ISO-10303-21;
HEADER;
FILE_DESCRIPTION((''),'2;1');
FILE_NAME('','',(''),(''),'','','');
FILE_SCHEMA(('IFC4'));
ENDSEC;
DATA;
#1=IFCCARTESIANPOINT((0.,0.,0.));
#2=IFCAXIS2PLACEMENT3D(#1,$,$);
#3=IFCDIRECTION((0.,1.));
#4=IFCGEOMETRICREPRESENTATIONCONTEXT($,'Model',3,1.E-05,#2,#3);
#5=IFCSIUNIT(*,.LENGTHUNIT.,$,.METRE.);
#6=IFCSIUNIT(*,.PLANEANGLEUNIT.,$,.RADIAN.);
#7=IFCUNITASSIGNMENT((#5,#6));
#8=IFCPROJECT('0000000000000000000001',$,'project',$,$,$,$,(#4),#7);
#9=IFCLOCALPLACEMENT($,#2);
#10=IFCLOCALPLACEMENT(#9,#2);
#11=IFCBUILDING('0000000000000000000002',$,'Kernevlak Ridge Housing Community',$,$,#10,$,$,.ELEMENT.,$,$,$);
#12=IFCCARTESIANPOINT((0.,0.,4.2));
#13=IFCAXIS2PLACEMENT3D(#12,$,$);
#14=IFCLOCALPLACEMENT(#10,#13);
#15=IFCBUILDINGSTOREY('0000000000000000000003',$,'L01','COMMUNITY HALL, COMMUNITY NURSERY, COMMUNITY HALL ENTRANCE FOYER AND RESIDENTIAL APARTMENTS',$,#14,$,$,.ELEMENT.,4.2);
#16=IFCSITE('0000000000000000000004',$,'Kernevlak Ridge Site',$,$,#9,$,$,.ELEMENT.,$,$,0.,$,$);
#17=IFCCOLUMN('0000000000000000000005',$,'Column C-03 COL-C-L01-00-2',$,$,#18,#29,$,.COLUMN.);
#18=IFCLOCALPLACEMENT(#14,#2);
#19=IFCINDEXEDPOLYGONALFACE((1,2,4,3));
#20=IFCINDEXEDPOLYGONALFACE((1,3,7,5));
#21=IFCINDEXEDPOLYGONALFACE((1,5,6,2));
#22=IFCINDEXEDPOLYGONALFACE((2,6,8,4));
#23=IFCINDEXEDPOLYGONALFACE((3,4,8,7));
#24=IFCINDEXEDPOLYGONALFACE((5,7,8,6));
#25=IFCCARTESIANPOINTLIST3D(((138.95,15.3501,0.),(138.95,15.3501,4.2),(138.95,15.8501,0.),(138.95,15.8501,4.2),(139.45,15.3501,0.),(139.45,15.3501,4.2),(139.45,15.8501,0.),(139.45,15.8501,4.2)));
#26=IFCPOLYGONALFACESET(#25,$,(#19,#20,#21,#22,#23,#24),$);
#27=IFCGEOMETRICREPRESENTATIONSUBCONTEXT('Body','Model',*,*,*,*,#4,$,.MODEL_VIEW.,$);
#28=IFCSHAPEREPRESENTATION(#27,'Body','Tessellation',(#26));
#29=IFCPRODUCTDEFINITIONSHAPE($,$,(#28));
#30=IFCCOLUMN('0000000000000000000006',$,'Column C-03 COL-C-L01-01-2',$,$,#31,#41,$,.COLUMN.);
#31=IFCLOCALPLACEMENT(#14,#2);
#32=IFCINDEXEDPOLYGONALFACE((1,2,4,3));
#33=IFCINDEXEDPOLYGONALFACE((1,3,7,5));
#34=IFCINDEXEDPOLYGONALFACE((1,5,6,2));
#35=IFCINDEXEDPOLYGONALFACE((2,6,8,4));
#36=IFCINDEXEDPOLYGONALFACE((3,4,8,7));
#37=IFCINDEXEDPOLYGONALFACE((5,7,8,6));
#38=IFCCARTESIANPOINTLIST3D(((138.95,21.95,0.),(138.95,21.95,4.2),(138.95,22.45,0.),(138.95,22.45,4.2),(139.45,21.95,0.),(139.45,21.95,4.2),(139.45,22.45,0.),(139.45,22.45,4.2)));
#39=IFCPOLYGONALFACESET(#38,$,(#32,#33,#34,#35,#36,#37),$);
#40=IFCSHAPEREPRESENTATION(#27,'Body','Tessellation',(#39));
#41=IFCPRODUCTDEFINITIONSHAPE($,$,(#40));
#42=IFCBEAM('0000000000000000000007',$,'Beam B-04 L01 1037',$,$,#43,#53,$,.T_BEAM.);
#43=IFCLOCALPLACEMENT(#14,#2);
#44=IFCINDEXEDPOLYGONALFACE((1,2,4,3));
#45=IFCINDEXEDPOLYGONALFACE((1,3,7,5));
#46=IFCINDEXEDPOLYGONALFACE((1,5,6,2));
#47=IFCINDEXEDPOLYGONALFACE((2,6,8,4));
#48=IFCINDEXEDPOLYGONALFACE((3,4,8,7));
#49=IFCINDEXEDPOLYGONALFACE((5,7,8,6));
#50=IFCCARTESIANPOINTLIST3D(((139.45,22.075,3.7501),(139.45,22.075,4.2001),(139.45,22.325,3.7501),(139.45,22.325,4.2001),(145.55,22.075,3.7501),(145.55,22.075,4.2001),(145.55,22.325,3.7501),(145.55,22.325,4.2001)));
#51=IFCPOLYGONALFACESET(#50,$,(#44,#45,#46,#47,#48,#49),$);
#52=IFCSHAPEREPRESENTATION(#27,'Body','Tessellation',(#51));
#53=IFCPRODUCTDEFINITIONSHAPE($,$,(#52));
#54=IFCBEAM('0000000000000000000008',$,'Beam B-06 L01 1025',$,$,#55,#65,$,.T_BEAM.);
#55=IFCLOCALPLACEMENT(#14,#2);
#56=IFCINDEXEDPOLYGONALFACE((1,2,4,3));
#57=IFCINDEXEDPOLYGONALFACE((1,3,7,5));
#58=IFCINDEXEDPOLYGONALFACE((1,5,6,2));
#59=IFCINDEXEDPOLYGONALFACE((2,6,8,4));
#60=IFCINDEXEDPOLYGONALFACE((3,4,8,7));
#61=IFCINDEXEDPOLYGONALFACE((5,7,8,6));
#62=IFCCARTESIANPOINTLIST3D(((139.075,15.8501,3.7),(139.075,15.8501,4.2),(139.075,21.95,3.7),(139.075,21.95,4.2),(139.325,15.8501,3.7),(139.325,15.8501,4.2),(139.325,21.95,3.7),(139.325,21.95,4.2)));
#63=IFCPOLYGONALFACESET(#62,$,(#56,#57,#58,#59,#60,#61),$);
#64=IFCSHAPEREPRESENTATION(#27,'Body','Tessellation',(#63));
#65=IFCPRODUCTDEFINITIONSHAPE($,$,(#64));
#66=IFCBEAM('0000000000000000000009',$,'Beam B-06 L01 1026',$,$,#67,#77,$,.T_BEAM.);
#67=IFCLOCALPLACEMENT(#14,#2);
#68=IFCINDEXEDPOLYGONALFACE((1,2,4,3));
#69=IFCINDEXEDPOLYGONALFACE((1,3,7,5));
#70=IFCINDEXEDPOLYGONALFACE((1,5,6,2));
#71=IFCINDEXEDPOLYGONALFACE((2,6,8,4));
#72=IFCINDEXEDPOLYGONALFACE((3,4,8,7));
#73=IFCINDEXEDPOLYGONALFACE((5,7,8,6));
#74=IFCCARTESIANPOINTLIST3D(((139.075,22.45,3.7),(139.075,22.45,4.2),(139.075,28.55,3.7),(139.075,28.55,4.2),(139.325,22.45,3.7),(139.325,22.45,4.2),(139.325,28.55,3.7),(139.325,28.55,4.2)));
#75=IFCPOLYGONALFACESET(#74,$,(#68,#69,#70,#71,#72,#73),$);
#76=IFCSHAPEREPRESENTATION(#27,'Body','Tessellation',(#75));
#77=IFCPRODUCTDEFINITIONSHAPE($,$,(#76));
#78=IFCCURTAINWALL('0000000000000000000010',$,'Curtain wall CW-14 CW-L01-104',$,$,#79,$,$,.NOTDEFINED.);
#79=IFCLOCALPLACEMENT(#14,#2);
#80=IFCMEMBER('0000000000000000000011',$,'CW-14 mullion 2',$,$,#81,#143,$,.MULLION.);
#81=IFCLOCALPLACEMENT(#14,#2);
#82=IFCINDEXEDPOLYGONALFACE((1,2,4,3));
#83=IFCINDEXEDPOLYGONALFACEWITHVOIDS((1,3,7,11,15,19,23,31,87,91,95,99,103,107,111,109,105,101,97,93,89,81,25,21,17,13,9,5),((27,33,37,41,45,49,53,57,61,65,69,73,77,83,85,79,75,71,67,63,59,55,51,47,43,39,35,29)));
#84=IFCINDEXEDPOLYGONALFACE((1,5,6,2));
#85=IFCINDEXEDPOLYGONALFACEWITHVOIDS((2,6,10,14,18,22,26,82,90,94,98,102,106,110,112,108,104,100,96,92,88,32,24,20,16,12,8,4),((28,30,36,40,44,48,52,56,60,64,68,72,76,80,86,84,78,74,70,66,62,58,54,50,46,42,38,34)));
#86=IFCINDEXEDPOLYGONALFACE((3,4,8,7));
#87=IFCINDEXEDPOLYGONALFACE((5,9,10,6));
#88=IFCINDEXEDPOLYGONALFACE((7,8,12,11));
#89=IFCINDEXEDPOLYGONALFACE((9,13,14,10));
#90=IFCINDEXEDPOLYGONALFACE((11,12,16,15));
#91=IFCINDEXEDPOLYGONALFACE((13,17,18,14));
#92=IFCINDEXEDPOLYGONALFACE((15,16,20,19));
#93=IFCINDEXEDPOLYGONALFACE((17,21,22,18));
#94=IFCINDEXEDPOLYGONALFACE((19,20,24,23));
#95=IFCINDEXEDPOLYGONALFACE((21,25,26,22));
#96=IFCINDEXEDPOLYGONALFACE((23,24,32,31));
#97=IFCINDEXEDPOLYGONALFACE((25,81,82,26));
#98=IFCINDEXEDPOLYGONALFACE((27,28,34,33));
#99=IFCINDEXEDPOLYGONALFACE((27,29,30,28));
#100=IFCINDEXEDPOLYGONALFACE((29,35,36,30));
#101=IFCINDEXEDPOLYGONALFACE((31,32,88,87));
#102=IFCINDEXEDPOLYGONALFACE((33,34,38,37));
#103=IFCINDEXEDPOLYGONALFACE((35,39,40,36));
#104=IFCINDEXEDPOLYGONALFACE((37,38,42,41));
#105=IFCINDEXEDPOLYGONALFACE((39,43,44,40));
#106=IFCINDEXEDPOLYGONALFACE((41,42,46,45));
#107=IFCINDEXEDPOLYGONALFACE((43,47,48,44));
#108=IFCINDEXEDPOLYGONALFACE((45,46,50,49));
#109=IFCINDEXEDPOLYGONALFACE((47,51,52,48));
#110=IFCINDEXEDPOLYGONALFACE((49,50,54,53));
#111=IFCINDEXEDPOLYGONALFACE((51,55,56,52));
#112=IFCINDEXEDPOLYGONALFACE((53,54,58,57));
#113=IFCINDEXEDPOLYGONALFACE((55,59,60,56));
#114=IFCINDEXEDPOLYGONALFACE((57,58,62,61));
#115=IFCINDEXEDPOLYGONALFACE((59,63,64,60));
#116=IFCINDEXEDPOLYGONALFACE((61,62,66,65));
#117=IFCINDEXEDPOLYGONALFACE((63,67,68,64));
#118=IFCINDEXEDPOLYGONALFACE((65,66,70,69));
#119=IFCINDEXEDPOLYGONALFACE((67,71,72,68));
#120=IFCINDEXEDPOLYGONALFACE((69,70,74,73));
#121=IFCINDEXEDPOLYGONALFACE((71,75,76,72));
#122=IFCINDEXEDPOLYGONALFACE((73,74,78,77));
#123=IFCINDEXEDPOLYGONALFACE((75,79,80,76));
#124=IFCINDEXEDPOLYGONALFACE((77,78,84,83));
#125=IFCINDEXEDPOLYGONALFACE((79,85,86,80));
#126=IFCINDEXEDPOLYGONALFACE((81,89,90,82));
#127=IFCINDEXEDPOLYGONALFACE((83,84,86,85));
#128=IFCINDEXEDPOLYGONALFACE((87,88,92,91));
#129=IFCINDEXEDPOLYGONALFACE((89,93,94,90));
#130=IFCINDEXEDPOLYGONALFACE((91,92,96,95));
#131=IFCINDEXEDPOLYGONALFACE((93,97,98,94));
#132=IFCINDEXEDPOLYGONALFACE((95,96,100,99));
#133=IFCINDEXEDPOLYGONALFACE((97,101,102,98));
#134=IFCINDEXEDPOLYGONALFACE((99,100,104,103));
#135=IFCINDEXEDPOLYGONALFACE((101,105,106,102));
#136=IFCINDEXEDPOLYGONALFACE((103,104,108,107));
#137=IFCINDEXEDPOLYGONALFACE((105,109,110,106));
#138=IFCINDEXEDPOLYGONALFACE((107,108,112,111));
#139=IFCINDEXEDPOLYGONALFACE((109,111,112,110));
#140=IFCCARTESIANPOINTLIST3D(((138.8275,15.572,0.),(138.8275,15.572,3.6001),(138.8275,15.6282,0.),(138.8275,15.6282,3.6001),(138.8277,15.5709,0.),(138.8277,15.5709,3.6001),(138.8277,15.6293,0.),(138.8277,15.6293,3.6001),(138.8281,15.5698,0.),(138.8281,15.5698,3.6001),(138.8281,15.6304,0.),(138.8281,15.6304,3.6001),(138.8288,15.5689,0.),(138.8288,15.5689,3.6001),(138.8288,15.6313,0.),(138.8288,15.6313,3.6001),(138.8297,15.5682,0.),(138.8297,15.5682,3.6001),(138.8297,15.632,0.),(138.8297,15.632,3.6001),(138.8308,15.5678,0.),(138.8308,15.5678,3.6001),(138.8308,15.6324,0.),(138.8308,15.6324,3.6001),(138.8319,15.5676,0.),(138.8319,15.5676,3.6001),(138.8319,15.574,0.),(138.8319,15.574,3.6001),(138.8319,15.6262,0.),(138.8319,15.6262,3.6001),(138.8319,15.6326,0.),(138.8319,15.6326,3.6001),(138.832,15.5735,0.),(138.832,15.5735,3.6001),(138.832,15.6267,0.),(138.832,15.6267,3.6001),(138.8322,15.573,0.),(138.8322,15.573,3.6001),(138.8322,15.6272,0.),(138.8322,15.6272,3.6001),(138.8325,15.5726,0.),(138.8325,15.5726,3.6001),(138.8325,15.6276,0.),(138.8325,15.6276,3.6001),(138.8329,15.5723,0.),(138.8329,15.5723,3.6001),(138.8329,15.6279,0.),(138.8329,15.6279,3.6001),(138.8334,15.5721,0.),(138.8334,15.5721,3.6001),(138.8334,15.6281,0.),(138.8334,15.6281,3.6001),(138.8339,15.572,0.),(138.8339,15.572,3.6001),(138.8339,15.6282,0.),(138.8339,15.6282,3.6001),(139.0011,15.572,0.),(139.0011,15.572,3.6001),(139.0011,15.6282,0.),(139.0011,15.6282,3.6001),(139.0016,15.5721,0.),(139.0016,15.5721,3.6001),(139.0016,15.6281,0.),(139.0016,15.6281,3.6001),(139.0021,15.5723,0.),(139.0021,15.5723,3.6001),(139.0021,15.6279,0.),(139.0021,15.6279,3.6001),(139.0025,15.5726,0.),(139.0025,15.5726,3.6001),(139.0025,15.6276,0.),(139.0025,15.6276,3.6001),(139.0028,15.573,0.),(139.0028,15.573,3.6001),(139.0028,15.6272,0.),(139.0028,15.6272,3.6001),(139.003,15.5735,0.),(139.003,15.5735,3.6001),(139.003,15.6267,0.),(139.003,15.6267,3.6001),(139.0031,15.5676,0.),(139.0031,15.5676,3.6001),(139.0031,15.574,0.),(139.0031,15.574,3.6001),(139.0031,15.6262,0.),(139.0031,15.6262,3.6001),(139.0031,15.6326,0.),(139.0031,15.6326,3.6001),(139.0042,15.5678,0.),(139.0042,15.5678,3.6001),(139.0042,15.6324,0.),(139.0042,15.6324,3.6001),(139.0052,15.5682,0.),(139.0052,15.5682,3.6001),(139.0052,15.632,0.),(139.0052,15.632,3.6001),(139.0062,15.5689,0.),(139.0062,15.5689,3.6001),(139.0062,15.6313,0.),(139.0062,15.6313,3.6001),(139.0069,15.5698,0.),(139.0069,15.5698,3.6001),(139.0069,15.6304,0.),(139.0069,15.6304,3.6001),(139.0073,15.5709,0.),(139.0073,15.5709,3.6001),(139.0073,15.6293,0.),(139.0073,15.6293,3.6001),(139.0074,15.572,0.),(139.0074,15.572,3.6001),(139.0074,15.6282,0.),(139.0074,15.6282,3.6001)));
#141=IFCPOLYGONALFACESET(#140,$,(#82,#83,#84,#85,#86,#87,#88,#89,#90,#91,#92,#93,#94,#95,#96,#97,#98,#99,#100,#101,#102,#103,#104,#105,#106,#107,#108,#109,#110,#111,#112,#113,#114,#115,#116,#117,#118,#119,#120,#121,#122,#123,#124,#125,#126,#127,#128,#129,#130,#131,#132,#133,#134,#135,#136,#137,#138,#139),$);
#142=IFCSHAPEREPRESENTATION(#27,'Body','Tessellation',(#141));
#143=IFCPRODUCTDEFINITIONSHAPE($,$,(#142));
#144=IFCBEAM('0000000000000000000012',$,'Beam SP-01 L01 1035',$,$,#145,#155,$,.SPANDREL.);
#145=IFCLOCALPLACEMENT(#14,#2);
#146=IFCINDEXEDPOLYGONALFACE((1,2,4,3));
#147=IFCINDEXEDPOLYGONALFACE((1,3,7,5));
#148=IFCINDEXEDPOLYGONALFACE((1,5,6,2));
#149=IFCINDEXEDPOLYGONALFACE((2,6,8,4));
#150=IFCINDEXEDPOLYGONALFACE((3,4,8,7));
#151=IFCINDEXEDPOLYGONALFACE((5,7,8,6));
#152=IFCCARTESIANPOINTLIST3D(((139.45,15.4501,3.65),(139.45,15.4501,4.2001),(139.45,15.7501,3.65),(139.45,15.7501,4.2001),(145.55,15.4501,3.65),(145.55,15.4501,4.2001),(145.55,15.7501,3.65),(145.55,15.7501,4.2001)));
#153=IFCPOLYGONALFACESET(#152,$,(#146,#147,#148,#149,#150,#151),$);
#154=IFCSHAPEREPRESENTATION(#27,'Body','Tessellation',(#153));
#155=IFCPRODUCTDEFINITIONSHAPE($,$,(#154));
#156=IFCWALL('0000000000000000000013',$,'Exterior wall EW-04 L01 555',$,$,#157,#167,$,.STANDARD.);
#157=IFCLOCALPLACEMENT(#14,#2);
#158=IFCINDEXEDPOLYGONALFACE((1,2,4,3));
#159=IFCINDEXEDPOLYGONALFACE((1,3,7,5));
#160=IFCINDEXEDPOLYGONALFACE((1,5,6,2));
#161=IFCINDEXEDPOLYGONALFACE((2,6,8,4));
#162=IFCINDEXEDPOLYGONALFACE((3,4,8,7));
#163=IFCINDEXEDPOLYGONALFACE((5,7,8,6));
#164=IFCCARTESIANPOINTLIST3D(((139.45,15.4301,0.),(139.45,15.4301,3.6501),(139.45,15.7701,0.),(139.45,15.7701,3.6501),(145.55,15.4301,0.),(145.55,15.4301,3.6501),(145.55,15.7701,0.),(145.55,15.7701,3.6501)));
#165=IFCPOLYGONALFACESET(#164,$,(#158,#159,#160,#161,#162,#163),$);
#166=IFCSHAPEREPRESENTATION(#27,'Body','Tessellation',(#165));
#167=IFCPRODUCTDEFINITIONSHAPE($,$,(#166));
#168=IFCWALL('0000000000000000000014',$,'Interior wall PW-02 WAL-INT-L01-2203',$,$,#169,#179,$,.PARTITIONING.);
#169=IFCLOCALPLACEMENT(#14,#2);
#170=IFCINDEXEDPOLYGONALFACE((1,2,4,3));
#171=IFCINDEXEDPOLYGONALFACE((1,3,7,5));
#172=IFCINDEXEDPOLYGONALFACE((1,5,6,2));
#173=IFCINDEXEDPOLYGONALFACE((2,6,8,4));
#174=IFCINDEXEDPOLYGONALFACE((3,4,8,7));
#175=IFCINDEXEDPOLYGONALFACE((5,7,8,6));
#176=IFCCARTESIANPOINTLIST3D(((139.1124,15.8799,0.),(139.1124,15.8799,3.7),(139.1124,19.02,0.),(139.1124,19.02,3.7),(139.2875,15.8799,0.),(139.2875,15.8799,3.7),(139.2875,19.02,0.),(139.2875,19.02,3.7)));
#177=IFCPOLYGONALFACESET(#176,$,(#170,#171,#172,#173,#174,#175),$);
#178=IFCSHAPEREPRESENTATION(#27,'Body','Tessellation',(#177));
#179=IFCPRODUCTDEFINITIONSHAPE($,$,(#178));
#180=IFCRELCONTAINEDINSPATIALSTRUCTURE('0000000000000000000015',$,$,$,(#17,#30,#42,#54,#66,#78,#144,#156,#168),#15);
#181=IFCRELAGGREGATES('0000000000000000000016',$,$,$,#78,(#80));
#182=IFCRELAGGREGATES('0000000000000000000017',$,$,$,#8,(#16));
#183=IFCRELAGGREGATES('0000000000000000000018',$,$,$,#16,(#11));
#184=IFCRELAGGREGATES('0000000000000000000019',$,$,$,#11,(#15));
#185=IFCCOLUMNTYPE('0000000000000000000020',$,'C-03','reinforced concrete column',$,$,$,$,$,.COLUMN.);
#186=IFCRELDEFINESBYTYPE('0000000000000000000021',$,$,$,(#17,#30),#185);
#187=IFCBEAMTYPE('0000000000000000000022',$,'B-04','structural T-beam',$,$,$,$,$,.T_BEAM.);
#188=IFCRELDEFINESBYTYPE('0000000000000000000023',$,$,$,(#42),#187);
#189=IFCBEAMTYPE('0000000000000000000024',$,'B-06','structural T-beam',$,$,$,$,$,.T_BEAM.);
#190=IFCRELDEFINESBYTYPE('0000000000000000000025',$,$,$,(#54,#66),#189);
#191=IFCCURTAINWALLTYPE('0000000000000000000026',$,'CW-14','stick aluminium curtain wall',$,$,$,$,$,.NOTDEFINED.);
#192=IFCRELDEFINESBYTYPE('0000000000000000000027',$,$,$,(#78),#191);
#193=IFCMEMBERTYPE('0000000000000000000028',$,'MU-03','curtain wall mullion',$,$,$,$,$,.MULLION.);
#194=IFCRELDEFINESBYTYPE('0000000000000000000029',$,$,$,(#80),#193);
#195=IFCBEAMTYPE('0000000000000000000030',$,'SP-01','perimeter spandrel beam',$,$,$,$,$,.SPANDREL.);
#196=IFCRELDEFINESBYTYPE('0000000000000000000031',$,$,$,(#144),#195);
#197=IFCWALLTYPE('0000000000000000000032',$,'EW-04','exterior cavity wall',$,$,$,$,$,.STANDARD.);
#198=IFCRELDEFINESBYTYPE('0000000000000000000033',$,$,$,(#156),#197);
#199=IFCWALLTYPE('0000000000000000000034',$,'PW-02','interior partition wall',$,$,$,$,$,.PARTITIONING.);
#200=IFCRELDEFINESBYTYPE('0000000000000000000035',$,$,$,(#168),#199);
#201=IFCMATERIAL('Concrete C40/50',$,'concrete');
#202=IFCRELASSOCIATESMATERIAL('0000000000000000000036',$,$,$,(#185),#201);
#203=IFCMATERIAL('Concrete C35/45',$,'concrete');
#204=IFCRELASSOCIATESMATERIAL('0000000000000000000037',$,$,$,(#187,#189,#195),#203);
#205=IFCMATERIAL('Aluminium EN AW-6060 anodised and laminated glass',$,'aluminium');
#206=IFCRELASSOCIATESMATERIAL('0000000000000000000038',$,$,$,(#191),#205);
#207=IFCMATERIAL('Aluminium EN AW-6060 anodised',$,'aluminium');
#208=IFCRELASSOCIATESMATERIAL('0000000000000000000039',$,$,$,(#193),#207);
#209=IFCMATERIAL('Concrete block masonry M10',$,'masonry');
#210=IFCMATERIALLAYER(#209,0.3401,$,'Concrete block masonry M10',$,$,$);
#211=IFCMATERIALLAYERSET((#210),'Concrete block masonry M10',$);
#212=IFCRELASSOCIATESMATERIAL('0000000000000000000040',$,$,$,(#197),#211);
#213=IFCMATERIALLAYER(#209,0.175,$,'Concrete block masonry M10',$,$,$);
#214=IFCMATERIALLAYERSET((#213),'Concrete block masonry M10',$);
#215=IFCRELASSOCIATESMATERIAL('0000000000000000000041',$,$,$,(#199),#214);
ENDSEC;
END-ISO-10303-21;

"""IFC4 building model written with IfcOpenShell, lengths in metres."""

from ifc_helpers import new_model, si_unit, direction, frame, frame_2d, origin, origin_2d, place, context, subcontext, project, spatial, rectangle, hollow_rectangle, extrude, material, layer, layer_set, material_profile, profile_set, type_object, element, aggregate, save


model = new_model("IFC4")

# Units and contexts
model_context = context("Model", 3, precision=1e-05, world=origin(), true_north=direction((0.0, 1.0)))
body_context = subcontext(model_context, "Body", "Model", "MODEL_VIEW")
ifc_project = project(units=[si_unit("LENGTHUNIT", "METRE"), si_unit("PLANEANGLEUNIT", "RADIAN")], contexts=[model_context])

# Site, building, storey
site_placement = place(None, origin())
site = spatial("IfcSite", under=ifc_project, at=site_placement, Name="Kernevlak Ridge Site", CompositionType="ELEMENT", RefElevation=0.0)
building_placement = place(site_placement, origin())
building = spatial("IfcBuilding", under=site, at=building_placement, Name="Kernevlak Ridge Housing Community", CompositionType="ELEMENT")
storey_placement = place(building_placement, frame((0.0, 0.0, 4.2)))
storey = spatial("IfcBuildingStorey", under=building, at=storey_placement, Name="L01", Description="COMMUNITY HALL, COMMUNITY NURSERY, COMMUNITY HALL ENTRANCE FOYER AND RESIDENTIAL APARTMENTS", CompositionType="ELEMENT", Elevation=4.2)

# Columns
ifc_material_1 = material(Name="Concrete C40/50", Category="concrete")
ifc_material_profile_1 = material_profile(ifc_material_1, rectangle(XDim=0.5, YDim=0.5, at=origin_2d()), Name="RC 500x500")
ifc_profile_set_1 = profile_set([ifc_material_profile_1], Name="Concrete C40/50")
column_type = type_object("IfcColumnType", Name="C-03", Description="reinforced concrete column", PredefinedType="COLUMN", material=ifc_profile_set_1)
for number, where, z_axis, x_axis, name in (
    (1, (139.2, 15.6001, 0.0), (0.0, 0.0, 1.0), (1.0, 0.0, 0.0), "Column C-03 COL-C-L01-00-2"),
    (2, (139.2, 22.2, 0.0), (0.0, 0.0, 1.0), (1.0, 0.0, 0.0), "Column C-03 COL-C-L01-01-2"),
):
    element("IfcColumn", number, at=place(storey_placement, frame(where, z_axis=z_axis, x_axis=x_axis)), inside=storey, type_object=column_type, Name=name, PredefinedType="COLUMN", context=body_context, shape_type="SweptSolid", body=[
        extrude(rectangle(XDim=0.5, YDim=0.5, at=origin_2d()), origin(), (0.0, 0.0, 1.0), 4.2),
    ])

# Beams
ifc_material_2 = material(Name="Concrete C35/45", Category="concrete")
ifc_material_profile_2 = material_profile(ifc_material_2, rectangle(XDim=0.25, YDim=0.45, at=origin_2d()), Name="RC 250x450")
ifc_profile_set_2 = profile_set([ifc_material_profile_2], Name="Concrete C35/45")
beam_type_1 = type_object("IfcBeamType", Name="B-04", Description="structural T-beam", PredefinedType="T_BEAM", material=ifc_profile_set_2)
beam_1_placement = place(storey_placement, frame((139.45, 22.2, 3.9751), z_axis=(1.0, 0.0, 0.0), x_axis=(0.0, 1.0, 0.0)))
element("IfcBeam", 3, at=beam_1_placement, inside=storey, type_object=beam_type_1, Name="Beam B-04 L01 1037", PredefinedType="T_BEAM", context=body_context, shape_type="SweptSolid", body=[
    extrude(rectangle(XDim=0.25, YDim=0.45, at=origin_2d()), origin(), (0.0, 0.0, 1.0), 6.1001),
])
ifc_material_profile_3 = material_profile(ifc_material_2, rectangle(XDim=0.25, YDim=0.5, at=origin_2d()), Name="RC 250x500")
ifc_profile_set_3 = profile_set([ifc_material_profile_3], Name="Concrete C35/45")
beam_type_2 = type_object("IfcBeamType", Name="B-06", Description="structural T-beam", PredefinedType="T_BEAM", material=ifc_profile_set_3)
beam_2_placement = place(storey_placement, frame((139.2, 15.8501, 3.95), z_axis=(0.0, 1.0, 0.0), x_axis=(-1.0, 0.0, 0.0)))
element("IfcBeam", 4, at=beam_2_placement, inside=storey, type_object=beam_type_2, Name="Beam B-06 L01 1025", PredefinedType="T_BEAM", context=body_context, shape_type="SweptSolid", body=[
    extrude(rectangle(XDim=0.25, YDim=0.5, at=origin_2d()), origin(), (0.0, 0.0, 1.0), 6.0999),
])
beam_3_placement = place(storey_placement, frame((139.2, 22.45, 3.95), z_axis=(0.0, 1.0, 0.0), x_axis=(-1.0, 0.0, 0.0)))
element("IfcBeam", 5, at=beam_3_placement, inside=storey, type_object=beam_type_2, Name="Beam B-06 L01 1026", PredefinedType="T_BEAM", context=body_context, shape_type="SweptSolid", body=[
    extrude(rectangle(XDim=0.25, YDim=0.5, at=origin_2d()), origin(), (0.0, 0.0, 1.0), 6.1001),
])

# Curtain wall, member
ifc_material_3 = material(Name="Aluminium EN AW-6060 anodised and laminated glass", Category="aluminium")
curtain_wall_type = type_object("IfcCurtainWallType", Name="CW-14", Description="stick aluminium curtain wall", PredefinedType="NOTDEFINED", material=ifc_material_3)
curtain_wall_placement = place(storey_placement, origin())
curtain_wall = element("IfcCurtainWall", 6, at=curtain_wall_placement, inside=storey, type_object=curtain_wall_type, Name="Curtain wall CW-14 CW-L01-104", PredefinedType="NOTDEFINED")
ifc_material_4 = material(Name="Aluminium EN AW-6060 anodised", Category="aluminium")
ifc_material_profile_4 = material_profile(ifc_material_4, hollow_rectangle(XDim=0.0649, YDim=0.1799, WallThickness=0.0044, InnerFilletRadius=0.002, OuterFilletRadius=0.0044, at=origin_2d()), Name="ALU 65x180x4.5")
ifc_profile_set_4 = profile_set([ifc_material_profile_4], Name="Aluminium EN AW-6060 anodised")
member_type = type_object("IfcMemberType", Name="MU-03", Description="curtain wall mullion", PredefinedType="MULLION", material=ifc_profile_set_4)
member_placement = place(storey_placement, frame((138.9175, 15.6001, 0.0), z_axis=(0.0, 0.0, 1.0), x_axis=(0.0, 1.0, 0.0)))
member = element("IfcMember", 7, at=member_placement, type_object=member_type, Name="CW-14 mullion 2", PredefinedType="MULLION", context=body_context, shape_type="SweptSolid", body=[
    extrude(hollow_rectangle(XDim=0.0649, YDim=0.1799, WallThickness=0.0044, InnerFilletRadius=0.002, OuterFilletRadius=0.0044, at=origin_2d()), origin(), (0.0, 0.0, 1.0), 3.6001),
])
aggregate(curtain_wall, [member])

# Beam
ifc_material_profile_5 = material_profile(ifc_material_2, rectangle(XDim=0.3, YDim=0.55, at=origin_2d()), Name="RC 300x550")
ifc_profile_set_5 = profile_set([ifc_material_profile_5], Name="Concrete C35/45")
beam_type_3 = type_object("IfcBeamType", Name="SP-01", Description="perimeter spandrel beam", PredefinedType="SPANDREL", material=ifc_profile_set_5)
beam_4_placement = place(storey_placement, frame((139.45, 15.6001, 3.925), z_axis=(1.0, 0.0, 0.0), x_axis=(0.0, 1.0, 0.0)))
element("IfcBeam", 8, at=beam_4_placement, inside=storey, type_object=beam_type_3, Name="Beam SP-01 L01 1035", PredefinedType="SPANDREL", context=body_context, shape_type="SweptSolid", body=[
    extrude(rectangle(XDim=0.3, YDim=0.55, at=origin_2d()), origin(), (0.0, 0.0, 1.0), 6.1001),
])

# Walls
ifc_material_5 = material(Name="Concrete block masonry M10", Category="masonry")
ifc_layer_1 = layer(ifc_material_5, 0.3401, Name="Concrete block masonry M10")
ifc_layer_set_1 = layer_set([ifc_layer_1], Name="Concrete block masonry M10")
wall_type_1 = type_object("IfcWallType", Name="EW-04", Description="exterior cavity wall", PredefinedType="STANDARD", material=ifc_layer_set_1)
wall_1_placement = place(storey_placement, frame((139.45, 15.6001, 0.0), z_axis=(0.0, 0.0, 1.0), x_axis=(1.0, 0.0, 0.0)))
element("IfcWall", 9, at=wall_1_placement, inside=storey, type_object=wall_type_1, Name="Exterior wall EW-04 L01 555", PredefinedType="STANDARD", context=body_context, shape_type="SweptSolid", body=[
    extrude(rectangle(XDim=6.1001, YDim=0.3401, at=frame_2d((3.05, 0.0))), origin(), (0.0, 0.0, 1.0), 3.6501),
])
ifc_layer_2 = layer(ifc_material_5, 0.175, Name="Concrete block masonry M10")
ifc_layer_set_2 = layer_set([ifc_layer_2], Name="Concrete block masonry M10")
wall_type_2 = type_object("IfcWallType", Name="PW-02", Description="interior partition wall", PredefinedType="PARTITIONING", material=ifc_layer_set_2)
wall_2_placement = place(storey_placement, frame((139.2, 15.8799, 0.0), z_axis=(0.0, 0.0, 1.0), x_axis=(0.0, 1.0, 0.0)))
element("IfcWall", 10, at=wall_2_placement, inside=storey, type_object=wall_type_2, Name="Interior wall PW-02 WAL-INT-L01-2203", PredefinedType="PARTITIONING", context=body_context, shape_type="SweptSolid", body=[
    extrude(rectangle(XDim=3.1401, YDim=0.175, at=frame_2d((1.5701, 0.0))), origin(), (0.0, 0.0, 1.0), 3.7),
])

save(model, "model.ifc")
